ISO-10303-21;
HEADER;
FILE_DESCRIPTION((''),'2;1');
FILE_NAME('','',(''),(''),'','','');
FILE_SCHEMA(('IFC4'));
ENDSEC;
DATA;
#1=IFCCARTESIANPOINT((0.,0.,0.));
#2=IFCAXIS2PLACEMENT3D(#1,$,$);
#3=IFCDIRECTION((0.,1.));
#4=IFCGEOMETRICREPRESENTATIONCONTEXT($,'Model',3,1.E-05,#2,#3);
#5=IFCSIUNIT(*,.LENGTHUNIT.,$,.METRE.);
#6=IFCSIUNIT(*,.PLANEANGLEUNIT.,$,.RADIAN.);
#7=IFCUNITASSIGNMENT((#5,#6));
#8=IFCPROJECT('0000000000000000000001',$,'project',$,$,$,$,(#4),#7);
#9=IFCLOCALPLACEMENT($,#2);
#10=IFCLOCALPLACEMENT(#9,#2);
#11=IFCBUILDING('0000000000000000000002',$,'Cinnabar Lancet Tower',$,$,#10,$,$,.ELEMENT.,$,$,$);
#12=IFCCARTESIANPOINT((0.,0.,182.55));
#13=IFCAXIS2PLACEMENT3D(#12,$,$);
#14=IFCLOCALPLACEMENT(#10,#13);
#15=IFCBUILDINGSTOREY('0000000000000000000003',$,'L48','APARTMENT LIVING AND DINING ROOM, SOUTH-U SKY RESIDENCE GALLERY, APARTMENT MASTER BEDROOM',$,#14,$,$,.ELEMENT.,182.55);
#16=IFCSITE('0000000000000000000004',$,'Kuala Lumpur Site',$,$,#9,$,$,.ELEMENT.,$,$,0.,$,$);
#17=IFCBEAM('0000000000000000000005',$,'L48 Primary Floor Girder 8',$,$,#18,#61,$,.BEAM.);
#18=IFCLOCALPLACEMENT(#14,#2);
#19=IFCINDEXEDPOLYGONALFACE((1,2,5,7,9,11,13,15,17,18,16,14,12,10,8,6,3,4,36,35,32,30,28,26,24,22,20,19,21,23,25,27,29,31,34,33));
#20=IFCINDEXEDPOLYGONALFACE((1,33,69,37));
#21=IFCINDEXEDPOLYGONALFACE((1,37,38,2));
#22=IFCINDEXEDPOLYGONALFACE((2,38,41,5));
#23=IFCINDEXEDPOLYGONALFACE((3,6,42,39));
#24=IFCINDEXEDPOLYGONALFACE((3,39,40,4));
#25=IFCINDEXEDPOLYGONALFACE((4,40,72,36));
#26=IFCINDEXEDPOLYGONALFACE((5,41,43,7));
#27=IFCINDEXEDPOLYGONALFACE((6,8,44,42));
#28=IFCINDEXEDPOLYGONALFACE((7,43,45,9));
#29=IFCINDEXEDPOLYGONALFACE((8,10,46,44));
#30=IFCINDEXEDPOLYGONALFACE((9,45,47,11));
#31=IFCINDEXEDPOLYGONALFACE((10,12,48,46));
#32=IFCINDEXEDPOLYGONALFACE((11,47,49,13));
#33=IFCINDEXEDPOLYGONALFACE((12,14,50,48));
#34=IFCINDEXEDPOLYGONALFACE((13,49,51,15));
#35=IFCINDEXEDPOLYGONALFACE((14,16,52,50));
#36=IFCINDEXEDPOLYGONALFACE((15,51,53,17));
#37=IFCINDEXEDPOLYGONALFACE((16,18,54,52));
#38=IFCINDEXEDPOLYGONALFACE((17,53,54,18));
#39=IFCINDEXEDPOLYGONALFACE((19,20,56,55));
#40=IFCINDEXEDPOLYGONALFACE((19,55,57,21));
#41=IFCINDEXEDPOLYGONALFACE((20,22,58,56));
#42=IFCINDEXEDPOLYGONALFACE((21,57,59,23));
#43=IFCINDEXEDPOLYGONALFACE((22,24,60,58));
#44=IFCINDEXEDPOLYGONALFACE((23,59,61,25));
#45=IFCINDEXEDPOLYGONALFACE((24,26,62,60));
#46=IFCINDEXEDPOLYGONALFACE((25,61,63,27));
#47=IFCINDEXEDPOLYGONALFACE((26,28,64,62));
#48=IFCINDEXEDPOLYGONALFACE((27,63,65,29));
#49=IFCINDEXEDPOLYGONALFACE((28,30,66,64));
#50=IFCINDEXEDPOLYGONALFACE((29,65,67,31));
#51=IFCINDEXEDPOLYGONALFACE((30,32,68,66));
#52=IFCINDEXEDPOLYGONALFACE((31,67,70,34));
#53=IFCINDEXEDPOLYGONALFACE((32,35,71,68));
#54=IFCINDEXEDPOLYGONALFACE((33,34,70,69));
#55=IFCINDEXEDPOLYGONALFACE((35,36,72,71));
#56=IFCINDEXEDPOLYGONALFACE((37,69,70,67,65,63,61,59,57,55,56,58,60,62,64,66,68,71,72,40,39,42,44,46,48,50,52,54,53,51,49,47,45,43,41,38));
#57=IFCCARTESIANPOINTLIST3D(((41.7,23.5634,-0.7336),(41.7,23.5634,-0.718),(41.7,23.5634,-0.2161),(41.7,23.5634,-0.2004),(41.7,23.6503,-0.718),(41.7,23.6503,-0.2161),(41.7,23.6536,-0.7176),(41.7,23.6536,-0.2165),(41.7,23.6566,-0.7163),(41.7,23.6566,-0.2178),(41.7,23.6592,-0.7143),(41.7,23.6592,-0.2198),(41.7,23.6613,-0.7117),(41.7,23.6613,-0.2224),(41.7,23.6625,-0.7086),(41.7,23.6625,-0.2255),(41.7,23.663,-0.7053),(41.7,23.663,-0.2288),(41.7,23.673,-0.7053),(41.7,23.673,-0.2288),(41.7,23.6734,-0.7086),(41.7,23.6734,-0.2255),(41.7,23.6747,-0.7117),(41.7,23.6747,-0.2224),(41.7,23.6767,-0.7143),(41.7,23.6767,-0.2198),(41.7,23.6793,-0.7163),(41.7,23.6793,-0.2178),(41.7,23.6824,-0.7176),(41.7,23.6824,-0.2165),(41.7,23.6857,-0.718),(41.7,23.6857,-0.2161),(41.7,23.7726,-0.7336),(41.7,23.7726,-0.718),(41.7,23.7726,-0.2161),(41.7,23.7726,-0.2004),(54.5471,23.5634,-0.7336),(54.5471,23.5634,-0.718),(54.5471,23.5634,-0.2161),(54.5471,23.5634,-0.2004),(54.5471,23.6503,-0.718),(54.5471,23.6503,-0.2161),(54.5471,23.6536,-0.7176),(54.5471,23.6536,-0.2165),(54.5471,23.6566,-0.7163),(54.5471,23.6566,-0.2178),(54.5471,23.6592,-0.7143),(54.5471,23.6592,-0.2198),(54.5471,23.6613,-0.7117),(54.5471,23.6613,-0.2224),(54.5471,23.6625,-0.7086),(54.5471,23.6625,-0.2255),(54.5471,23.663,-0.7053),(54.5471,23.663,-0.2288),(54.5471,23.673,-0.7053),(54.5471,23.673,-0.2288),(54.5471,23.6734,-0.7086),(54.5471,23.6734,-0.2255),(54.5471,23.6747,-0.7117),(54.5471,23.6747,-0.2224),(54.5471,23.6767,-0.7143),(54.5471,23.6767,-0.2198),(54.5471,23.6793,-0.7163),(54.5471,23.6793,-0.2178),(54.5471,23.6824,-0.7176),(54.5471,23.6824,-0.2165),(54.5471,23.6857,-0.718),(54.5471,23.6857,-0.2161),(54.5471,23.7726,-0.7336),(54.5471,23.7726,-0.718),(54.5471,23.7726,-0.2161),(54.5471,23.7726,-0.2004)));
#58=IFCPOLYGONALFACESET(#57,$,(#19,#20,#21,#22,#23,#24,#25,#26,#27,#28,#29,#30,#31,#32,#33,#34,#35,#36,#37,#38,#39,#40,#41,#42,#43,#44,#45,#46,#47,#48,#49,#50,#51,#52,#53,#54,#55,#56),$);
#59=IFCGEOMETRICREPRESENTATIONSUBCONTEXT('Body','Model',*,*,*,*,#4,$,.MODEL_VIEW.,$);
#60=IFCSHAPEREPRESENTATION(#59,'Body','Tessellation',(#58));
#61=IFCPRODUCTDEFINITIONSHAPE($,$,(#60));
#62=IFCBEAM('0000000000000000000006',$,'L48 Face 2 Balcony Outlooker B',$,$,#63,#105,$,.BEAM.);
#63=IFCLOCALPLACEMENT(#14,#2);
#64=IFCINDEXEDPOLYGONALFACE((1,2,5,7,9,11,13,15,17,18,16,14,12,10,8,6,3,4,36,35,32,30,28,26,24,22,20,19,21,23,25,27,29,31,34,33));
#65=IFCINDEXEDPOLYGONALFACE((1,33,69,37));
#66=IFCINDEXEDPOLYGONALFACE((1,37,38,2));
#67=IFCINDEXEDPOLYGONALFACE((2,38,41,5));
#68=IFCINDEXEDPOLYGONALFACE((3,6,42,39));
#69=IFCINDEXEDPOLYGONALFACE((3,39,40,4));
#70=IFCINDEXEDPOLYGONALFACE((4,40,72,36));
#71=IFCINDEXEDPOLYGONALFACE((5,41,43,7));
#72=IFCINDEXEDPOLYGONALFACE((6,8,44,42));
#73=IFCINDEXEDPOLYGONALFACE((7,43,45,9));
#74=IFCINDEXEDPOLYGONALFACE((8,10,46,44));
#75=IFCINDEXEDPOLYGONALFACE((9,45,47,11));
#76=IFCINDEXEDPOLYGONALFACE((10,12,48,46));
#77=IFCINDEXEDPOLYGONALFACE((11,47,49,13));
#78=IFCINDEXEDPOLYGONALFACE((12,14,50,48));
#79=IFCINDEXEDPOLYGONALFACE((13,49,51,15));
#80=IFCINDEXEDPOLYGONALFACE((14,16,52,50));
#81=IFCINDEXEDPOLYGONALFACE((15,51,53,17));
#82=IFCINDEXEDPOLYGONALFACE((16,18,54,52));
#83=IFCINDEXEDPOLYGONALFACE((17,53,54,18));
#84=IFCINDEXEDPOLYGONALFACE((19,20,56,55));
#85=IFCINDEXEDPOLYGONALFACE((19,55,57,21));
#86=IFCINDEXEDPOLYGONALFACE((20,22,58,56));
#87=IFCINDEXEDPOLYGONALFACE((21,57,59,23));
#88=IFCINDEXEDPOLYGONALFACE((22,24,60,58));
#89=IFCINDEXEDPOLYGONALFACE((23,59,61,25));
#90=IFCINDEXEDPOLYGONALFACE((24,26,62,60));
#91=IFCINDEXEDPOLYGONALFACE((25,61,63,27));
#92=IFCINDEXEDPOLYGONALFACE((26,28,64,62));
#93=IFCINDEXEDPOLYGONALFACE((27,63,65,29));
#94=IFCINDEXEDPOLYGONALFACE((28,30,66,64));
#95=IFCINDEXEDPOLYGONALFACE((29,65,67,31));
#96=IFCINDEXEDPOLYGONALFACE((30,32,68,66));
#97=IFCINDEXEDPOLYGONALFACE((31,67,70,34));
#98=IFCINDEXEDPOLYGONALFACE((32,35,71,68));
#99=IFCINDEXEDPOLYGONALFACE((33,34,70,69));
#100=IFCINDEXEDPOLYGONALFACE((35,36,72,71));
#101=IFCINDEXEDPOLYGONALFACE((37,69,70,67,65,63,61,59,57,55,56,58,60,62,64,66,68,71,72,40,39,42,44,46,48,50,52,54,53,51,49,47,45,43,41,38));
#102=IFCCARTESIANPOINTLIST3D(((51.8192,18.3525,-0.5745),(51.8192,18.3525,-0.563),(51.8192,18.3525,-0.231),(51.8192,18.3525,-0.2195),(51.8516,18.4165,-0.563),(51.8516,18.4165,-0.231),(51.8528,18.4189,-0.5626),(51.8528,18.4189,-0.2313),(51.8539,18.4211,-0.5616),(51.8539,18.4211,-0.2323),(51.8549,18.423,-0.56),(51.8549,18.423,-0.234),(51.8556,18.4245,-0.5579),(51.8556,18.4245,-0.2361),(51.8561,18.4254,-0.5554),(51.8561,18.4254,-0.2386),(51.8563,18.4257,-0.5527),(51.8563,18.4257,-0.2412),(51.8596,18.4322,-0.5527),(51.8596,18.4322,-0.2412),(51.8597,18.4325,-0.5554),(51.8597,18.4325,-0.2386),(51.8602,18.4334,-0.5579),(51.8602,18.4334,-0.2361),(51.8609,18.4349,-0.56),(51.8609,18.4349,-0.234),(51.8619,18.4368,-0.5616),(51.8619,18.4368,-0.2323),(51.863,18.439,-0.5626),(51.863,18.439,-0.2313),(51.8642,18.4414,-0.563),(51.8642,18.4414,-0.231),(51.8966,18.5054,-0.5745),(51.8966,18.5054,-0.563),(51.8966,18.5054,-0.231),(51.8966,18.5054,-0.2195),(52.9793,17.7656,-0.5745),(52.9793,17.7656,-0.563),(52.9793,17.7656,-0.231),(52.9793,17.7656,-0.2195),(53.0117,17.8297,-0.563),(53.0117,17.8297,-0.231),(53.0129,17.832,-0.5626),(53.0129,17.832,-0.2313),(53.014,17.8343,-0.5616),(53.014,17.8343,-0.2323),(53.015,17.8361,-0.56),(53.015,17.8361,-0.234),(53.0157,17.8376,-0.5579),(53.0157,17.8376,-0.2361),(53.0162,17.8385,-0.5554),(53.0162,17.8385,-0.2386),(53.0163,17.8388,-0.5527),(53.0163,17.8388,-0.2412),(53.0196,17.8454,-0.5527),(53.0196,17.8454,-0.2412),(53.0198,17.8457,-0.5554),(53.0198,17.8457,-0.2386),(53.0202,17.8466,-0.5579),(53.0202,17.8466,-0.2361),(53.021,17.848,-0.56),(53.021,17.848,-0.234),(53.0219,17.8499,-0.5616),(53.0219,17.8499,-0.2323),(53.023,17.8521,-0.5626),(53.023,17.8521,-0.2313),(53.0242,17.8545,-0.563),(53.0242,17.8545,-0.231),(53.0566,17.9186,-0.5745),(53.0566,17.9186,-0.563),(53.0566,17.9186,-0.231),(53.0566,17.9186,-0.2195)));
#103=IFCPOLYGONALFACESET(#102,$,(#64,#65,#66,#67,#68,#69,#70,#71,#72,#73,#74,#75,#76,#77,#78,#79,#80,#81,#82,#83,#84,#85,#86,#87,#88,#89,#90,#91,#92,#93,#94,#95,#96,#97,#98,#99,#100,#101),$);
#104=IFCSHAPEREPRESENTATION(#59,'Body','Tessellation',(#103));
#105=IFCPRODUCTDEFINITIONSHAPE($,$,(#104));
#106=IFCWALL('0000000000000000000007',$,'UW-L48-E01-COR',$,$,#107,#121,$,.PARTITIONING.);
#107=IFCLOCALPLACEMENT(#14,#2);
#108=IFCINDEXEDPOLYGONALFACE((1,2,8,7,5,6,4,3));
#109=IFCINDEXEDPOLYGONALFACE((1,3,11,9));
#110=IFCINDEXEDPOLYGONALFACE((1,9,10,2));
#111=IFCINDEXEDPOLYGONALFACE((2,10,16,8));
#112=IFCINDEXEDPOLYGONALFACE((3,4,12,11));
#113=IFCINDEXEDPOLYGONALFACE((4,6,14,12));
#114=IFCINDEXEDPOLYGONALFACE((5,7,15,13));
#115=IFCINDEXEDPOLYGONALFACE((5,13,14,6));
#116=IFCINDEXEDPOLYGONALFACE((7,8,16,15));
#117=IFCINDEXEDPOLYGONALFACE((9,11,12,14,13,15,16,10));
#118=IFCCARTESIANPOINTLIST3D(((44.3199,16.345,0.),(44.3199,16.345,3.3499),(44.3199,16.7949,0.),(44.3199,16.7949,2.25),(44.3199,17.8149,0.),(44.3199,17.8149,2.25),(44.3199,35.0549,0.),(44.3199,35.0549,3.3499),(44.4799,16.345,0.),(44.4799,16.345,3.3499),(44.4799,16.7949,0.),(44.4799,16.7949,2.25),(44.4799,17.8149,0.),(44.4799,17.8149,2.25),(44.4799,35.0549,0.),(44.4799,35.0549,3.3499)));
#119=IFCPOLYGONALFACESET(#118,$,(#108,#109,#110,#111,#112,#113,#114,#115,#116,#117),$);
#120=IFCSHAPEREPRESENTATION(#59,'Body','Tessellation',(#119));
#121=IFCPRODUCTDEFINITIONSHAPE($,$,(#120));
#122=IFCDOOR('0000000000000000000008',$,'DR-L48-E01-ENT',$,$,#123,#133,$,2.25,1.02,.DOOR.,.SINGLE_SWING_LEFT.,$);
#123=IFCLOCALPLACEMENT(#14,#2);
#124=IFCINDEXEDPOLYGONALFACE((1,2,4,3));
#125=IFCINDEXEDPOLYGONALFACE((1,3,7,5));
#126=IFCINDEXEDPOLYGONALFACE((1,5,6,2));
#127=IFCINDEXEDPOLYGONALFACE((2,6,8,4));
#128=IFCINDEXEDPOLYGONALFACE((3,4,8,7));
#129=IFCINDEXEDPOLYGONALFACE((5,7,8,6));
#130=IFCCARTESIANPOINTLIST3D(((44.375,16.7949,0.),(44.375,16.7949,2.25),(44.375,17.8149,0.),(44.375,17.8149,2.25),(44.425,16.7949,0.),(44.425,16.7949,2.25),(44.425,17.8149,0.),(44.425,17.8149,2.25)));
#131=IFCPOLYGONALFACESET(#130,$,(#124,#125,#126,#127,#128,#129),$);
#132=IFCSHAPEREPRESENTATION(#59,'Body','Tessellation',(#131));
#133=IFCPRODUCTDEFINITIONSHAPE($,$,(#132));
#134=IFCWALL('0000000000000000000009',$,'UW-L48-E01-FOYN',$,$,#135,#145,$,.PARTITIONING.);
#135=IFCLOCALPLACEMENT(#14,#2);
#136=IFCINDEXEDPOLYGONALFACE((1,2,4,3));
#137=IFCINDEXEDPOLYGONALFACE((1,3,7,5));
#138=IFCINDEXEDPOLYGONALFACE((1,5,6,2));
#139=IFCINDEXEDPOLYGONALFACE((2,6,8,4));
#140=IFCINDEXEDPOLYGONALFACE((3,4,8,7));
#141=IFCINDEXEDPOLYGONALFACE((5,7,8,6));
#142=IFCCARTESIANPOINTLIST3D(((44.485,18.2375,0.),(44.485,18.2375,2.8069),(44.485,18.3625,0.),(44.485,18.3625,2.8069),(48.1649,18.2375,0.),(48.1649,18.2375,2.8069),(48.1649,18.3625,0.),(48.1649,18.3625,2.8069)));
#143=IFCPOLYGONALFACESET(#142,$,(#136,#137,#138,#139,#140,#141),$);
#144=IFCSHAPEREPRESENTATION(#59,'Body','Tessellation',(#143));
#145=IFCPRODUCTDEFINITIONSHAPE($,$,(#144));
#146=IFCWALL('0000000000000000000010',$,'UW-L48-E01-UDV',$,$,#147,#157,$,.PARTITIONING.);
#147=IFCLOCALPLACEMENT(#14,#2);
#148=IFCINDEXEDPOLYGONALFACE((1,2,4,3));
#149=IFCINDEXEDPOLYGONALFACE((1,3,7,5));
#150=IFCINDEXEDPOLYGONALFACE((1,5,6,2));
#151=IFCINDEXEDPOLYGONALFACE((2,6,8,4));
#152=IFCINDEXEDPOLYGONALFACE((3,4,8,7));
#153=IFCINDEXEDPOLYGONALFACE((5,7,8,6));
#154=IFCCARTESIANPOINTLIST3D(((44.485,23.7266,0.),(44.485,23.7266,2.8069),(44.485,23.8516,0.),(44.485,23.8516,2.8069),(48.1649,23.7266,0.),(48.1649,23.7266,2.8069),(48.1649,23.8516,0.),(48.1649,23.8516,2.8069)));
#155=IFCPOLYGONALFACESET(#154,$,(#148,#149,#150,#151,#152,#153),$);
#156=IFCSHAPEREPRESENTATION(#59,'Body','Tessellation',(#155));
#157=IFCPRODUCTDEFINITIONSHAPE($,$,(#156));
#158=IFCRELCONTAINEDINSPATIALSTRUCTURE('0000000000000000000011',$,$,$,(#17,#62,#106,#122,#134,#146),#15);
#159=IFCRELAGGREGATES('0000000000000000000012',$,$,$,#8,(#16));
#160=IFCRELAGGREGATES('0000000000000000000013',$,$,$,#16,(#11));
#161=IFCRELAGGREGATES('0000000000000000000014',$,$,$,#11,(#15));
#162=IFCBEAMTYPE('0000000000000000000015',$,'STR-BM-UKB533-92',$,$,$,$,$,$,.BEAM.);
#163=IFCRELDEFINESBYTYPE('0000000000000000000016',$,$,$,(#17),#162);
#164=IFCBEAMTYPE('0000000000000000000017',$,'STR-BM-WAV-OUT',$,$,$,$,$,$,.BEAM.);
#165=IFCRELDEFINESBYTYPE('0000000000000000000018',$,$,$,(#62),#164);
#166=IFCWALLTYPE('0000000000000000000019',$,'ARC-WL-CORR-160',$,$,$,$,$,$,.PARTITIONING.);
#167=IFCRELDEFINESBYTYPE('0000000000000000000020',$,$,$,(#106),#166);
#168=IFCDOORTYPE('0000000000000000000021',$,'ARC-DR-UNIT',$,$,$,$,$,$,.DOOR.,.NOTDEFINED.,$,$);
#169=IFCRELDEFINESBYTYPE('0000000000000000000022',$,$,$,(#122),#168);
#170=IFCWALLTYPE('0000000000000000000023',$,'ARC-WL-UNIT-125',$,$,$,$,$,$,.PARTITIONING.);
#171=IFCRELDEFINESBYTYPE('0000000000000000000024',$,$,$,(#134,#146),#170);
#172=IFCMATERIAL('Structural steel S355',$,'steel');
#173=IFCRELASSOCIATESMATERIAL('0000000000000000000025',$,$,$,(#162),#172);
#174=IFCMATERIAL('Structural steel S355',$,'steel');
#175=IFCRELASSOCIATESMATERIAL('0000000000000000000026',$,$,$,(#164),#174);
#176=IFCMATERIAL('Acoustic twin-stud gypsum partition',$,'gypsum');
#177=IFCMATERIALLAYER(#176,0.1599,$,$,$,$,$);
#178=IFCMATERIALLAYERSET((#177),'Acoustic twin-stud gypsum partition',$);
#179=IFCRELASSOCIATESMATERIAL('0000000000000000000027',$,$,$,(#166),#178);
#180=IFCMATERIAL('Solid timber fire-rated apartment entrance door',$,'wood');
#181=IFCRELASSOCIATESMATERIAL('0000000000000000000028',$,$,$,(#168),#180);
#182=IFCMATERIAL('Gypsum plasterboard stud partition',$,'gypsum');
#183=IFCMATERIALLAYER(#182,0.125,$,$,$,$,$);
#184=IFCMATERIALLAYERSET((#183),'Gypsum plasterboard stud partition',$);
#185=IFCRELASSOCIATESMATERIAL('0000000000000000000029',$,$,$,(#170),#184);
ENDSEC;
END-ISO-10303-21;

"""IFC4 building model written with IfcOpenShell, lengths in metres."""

from ifc_helpers import new_model, si_unit, direction, frame, frame_2d, origin, origin_2d, place, context, subcontext, project, spatial, rectangle, i_section, extrude, material, layer, layer_set, material_profile, profile_set, type_object, element, fill, save


model = new_model("IFC4")

# Units and contexts
model_context = context("Model", 3, precision=1e-05, world=origin(), true_north=direction((0.0, 1.0)))
body_context = subcontext(model_context, "Body", "Model", "MODEL_VIEW")
ifc_project = project(units=[si_unit("LENGTHUNIT", "METRE"), si_unit("PLANEANGLEUNIT", "RADIAN")], contexts=[model_context])

# Site, building, storey
site_placement = place(None, origin())
site = spatial("IfcSite", under=ifc_project, at=site_placement, Name="Kuala Lumpur Site", CompositionType="ELEMENT", RefElevation=0.0)
building_placement = place(site_placement, origin())
building = spatial("IfcBuilding", under=site, at=building_placement, Name="Cinnabar Lancet Tower", CompositionType="ELEMENT")
storey_placement = place(building_placement, frame((0.0, 0.0, 182.55)))
storey = spatial("IfcBuildingStorey", under=building, at=storey_placement, Name="L48", Description="APARTMENT LIVING AND DINING ROOM, SOUTH-U SKY RESIDENCE GALLERY, APARTMENT MASTER BEDROOM", CompositionType="ELEMENT", Elevation=182.55)

# Beams
ifc_material_1 = material(Name="Structural steel S355", Category="steel")
ifc_material_profile_1 = material_profile(ifc_material_1, i_section(OverallWidth=0.2092, OverallDepth=0.5332, WebThickness=0.01, FlangeThickness=0.0156, FilletRadius=0.0127, at=origin_2d()), Name="UKB 533x210x92")
ifc_profile_set_1 = profile_set([ifc_material_profile_1], Name="Structural steel S355")
beam_type_1 = type_object("IfcBeamType", Name="STR-BM-UKB533-92", PredefinedType="BEAM", material=ifc_profile_set_1)
beam_1_placement = place(storey_placement, frame((54.5471, 23.668, -0.467), z_axis=(-1.0, 0.0, 0.0), x_axis=(0.0, -1.0, 0.0)))
element("IfcBeam", 1, at=beam_1_placement, inside=storey, type_object=beam_type_1, Name="L48 Primary Floor Girder 8", PredefinedType="BEAM", context=body_context, shape_type="SweptSolid", body=[
    extrude(i_section(OverallWidth=0.2092, OverallDepth=0.5332, WebThickness=0.01, FlangeThickness=0.0156, FilletRadius=0.0127, at=origin_2d()), origin(), (0.0, 0.0, 1.0), 12.8472),
])
ifc_material_2 = material(Name="Structural steel S355", Category="steel")
ifc_material_profile_2 = material_profile(ifc_material_2, i_section(OverallWidth=0.1714, OverallDepth=0.355, WebThickness=0.0073, FlangeThickness=0.0115, FilletRadius=0.0103, at=origin_2d()), Name="UKB 356x171x51")
ifc_profile_set_2 = profile_set([ifc_material_profile_2], Name="Structural steel S355")
beam_type_2 = type_object("IfcBeamType", Name="STR-BM-WAV-OUT", PredefinedType="BEAM", material=ifc_profile_set_2)
beam_2_placement = place(storey_placement, frame((51.8579, 18.429, -0.397), z_axis=(0.892314, -0.451415, 0.0), x_axis=(0.451415, 0.892314, 0.0)))
element("IfcBeam", 2, at=beam_2_placement, inside=storey, type_object=beam_type_2, Name="L48 Face 2 Balcony Outlooker B", PredefinedType="BEAM", context=body_context, shape_type="SweptSolid", body=[
    extrude(i_section(OverallWidth=0.1714, OverallDepth=0.355, WebThickness=0.0073, FlangeThickness=0.0115, FilletRadius=0.0103, at=origin_2d()), origin(), (0.0, 0.0, 1.0), 1.3),
])

# Wall, opening, door
ifc_material_3 = material(Name="Acoustic twin-stud gypsum partition", Category="gypsum")
ifc_layer_1 = layer(ifc_material_3, 0.1599)
ifc_layer_set_1 = layer_set([ifc_layer_1], Name="Acoustic twin-stud gypsum partition")
wall_type_1 = type_object("IfcWallType", Name="ARC-WL-CORR-160", PredefinedType="PARTITIONING", material=ifc_layer_set_1)
wall_1_placement = place(storey_placement, frame((44.3999, 16.345, 0.0), z_axis=(0.0, 0.0, 1.0), x_axis=(0.0, 1.0, 0.0)))
wall_1 = element("IfcWall", 3, at=wall_1_placement, inside=storey, type_object=wall_type_1, Name="UW-L48-E01-COR", PredefinedType="PARTITIONING", context=body_context, shape_type="SweptSolid", body=[
    extrude(rectangle(XDim=18.71, YDim=0.1599, at=frame_2d((9.355, 0.0))), origin(), (0.0, 0.0, 1.0), 3.3499),
])
opening_1_placement = place(wall_1_placement, frame((0.45, 0.0, 0.0)))
opening_1 = element("IfcOpeningElement", 4, at=opening_1_placement, cuts=wall_1, PredefinedType="OPENING", context=body_context, shape_type="SweptSolid", body=[
    extrude(rectangle(XDim=1.02, YDim=2.25, at=frame_2d((0.51, 1.125))), frame((0.0, 0.0898, 0.0), z_axis=(0.0, -1.0, 0.0), x_axis=(1.0, 0.0, 0.0)), (0.0, 0.0, 1.0), 0.1799),
])
ifc_material_4 = material(Name="Solid timber fire-rated apartment entrance door", Category="wood")
door_type_1 = type_object("IfcDoorType", Name="ARC-DR-UNIT", OperationType="NOTDEFINED", PredefinedType="DOOR", material=ifc_material_4)
door_1_placement = place(opening_1_placement, origin())
door_1 = element("IfcDoor", 5, at=door_1_placement, inside=storey, type_object=door_type_1, Name="DR-L48-E01-ENT", OperationType="SINGLE_SWING_LEFT", OverallHeight=2.25, OverallWidth=1.02, PredefinedType="DOOR", context=body_context, shape_type="SweptSolid", body=[
    extrude(rectangle(XDim=1.02, YDim=2.25, at=frame_2d((0.51, 1.125))), frame((0.0, 0.0249, 0.0), z_axis=(0.0, -1.0, 0.0), x_axis=(1.0, 0.0, 0.0)), (0.0, 0.0, 1.0), 0.05),
])
fill(opening_1, door_1)

# Walls
ifc_material_5 = material(Name="Gypsum plasterboard stud partition", Category="gypsum")
ifc_layer_2 = layer(ifc_material_5, 0.125)
ifc_layer_set_2 = layer_set([ifc_layer_2], Name="Gypsum plasterboard stud partition")
wall_type_2 = type_object("IfcWallType", Name="ARC-WL-UNIT-125", PredefinedType="PARTITIONING", material=ifc_layer_set_2)
for number, where, z_axis, x_axis, name in (
    (6, (44.4851, 18.3, 0.0), (0.0, 0.0, 1.0), (1.0, 0.0, 0.0), "UW-L48-E01-FOYN"),
    (7, (44.4851, 23.7891, 0.0), (0.0, 0.0, 1.0), (1.0, 0.0, 0.0), "UW-L48-E01-UDV"),
):
    element("IfcWall", number, at=place(storey_placement, frame(where, z_axis=z_axis, x_axis=x_axis)), inside=storey, type_object=wall_type_2, Name=name, PredefinedType="PARTITIONING", context=body_context, shape_type="SweptSolid", body=[
        extrude(rectangle(XDim=3.6799, YDim=0.125, at=frame_2d((1.8398, 0.0))), origin(), (0.0, 0.0, 1.0), 2.8069),
    ])

save(model, "model.ifc")
